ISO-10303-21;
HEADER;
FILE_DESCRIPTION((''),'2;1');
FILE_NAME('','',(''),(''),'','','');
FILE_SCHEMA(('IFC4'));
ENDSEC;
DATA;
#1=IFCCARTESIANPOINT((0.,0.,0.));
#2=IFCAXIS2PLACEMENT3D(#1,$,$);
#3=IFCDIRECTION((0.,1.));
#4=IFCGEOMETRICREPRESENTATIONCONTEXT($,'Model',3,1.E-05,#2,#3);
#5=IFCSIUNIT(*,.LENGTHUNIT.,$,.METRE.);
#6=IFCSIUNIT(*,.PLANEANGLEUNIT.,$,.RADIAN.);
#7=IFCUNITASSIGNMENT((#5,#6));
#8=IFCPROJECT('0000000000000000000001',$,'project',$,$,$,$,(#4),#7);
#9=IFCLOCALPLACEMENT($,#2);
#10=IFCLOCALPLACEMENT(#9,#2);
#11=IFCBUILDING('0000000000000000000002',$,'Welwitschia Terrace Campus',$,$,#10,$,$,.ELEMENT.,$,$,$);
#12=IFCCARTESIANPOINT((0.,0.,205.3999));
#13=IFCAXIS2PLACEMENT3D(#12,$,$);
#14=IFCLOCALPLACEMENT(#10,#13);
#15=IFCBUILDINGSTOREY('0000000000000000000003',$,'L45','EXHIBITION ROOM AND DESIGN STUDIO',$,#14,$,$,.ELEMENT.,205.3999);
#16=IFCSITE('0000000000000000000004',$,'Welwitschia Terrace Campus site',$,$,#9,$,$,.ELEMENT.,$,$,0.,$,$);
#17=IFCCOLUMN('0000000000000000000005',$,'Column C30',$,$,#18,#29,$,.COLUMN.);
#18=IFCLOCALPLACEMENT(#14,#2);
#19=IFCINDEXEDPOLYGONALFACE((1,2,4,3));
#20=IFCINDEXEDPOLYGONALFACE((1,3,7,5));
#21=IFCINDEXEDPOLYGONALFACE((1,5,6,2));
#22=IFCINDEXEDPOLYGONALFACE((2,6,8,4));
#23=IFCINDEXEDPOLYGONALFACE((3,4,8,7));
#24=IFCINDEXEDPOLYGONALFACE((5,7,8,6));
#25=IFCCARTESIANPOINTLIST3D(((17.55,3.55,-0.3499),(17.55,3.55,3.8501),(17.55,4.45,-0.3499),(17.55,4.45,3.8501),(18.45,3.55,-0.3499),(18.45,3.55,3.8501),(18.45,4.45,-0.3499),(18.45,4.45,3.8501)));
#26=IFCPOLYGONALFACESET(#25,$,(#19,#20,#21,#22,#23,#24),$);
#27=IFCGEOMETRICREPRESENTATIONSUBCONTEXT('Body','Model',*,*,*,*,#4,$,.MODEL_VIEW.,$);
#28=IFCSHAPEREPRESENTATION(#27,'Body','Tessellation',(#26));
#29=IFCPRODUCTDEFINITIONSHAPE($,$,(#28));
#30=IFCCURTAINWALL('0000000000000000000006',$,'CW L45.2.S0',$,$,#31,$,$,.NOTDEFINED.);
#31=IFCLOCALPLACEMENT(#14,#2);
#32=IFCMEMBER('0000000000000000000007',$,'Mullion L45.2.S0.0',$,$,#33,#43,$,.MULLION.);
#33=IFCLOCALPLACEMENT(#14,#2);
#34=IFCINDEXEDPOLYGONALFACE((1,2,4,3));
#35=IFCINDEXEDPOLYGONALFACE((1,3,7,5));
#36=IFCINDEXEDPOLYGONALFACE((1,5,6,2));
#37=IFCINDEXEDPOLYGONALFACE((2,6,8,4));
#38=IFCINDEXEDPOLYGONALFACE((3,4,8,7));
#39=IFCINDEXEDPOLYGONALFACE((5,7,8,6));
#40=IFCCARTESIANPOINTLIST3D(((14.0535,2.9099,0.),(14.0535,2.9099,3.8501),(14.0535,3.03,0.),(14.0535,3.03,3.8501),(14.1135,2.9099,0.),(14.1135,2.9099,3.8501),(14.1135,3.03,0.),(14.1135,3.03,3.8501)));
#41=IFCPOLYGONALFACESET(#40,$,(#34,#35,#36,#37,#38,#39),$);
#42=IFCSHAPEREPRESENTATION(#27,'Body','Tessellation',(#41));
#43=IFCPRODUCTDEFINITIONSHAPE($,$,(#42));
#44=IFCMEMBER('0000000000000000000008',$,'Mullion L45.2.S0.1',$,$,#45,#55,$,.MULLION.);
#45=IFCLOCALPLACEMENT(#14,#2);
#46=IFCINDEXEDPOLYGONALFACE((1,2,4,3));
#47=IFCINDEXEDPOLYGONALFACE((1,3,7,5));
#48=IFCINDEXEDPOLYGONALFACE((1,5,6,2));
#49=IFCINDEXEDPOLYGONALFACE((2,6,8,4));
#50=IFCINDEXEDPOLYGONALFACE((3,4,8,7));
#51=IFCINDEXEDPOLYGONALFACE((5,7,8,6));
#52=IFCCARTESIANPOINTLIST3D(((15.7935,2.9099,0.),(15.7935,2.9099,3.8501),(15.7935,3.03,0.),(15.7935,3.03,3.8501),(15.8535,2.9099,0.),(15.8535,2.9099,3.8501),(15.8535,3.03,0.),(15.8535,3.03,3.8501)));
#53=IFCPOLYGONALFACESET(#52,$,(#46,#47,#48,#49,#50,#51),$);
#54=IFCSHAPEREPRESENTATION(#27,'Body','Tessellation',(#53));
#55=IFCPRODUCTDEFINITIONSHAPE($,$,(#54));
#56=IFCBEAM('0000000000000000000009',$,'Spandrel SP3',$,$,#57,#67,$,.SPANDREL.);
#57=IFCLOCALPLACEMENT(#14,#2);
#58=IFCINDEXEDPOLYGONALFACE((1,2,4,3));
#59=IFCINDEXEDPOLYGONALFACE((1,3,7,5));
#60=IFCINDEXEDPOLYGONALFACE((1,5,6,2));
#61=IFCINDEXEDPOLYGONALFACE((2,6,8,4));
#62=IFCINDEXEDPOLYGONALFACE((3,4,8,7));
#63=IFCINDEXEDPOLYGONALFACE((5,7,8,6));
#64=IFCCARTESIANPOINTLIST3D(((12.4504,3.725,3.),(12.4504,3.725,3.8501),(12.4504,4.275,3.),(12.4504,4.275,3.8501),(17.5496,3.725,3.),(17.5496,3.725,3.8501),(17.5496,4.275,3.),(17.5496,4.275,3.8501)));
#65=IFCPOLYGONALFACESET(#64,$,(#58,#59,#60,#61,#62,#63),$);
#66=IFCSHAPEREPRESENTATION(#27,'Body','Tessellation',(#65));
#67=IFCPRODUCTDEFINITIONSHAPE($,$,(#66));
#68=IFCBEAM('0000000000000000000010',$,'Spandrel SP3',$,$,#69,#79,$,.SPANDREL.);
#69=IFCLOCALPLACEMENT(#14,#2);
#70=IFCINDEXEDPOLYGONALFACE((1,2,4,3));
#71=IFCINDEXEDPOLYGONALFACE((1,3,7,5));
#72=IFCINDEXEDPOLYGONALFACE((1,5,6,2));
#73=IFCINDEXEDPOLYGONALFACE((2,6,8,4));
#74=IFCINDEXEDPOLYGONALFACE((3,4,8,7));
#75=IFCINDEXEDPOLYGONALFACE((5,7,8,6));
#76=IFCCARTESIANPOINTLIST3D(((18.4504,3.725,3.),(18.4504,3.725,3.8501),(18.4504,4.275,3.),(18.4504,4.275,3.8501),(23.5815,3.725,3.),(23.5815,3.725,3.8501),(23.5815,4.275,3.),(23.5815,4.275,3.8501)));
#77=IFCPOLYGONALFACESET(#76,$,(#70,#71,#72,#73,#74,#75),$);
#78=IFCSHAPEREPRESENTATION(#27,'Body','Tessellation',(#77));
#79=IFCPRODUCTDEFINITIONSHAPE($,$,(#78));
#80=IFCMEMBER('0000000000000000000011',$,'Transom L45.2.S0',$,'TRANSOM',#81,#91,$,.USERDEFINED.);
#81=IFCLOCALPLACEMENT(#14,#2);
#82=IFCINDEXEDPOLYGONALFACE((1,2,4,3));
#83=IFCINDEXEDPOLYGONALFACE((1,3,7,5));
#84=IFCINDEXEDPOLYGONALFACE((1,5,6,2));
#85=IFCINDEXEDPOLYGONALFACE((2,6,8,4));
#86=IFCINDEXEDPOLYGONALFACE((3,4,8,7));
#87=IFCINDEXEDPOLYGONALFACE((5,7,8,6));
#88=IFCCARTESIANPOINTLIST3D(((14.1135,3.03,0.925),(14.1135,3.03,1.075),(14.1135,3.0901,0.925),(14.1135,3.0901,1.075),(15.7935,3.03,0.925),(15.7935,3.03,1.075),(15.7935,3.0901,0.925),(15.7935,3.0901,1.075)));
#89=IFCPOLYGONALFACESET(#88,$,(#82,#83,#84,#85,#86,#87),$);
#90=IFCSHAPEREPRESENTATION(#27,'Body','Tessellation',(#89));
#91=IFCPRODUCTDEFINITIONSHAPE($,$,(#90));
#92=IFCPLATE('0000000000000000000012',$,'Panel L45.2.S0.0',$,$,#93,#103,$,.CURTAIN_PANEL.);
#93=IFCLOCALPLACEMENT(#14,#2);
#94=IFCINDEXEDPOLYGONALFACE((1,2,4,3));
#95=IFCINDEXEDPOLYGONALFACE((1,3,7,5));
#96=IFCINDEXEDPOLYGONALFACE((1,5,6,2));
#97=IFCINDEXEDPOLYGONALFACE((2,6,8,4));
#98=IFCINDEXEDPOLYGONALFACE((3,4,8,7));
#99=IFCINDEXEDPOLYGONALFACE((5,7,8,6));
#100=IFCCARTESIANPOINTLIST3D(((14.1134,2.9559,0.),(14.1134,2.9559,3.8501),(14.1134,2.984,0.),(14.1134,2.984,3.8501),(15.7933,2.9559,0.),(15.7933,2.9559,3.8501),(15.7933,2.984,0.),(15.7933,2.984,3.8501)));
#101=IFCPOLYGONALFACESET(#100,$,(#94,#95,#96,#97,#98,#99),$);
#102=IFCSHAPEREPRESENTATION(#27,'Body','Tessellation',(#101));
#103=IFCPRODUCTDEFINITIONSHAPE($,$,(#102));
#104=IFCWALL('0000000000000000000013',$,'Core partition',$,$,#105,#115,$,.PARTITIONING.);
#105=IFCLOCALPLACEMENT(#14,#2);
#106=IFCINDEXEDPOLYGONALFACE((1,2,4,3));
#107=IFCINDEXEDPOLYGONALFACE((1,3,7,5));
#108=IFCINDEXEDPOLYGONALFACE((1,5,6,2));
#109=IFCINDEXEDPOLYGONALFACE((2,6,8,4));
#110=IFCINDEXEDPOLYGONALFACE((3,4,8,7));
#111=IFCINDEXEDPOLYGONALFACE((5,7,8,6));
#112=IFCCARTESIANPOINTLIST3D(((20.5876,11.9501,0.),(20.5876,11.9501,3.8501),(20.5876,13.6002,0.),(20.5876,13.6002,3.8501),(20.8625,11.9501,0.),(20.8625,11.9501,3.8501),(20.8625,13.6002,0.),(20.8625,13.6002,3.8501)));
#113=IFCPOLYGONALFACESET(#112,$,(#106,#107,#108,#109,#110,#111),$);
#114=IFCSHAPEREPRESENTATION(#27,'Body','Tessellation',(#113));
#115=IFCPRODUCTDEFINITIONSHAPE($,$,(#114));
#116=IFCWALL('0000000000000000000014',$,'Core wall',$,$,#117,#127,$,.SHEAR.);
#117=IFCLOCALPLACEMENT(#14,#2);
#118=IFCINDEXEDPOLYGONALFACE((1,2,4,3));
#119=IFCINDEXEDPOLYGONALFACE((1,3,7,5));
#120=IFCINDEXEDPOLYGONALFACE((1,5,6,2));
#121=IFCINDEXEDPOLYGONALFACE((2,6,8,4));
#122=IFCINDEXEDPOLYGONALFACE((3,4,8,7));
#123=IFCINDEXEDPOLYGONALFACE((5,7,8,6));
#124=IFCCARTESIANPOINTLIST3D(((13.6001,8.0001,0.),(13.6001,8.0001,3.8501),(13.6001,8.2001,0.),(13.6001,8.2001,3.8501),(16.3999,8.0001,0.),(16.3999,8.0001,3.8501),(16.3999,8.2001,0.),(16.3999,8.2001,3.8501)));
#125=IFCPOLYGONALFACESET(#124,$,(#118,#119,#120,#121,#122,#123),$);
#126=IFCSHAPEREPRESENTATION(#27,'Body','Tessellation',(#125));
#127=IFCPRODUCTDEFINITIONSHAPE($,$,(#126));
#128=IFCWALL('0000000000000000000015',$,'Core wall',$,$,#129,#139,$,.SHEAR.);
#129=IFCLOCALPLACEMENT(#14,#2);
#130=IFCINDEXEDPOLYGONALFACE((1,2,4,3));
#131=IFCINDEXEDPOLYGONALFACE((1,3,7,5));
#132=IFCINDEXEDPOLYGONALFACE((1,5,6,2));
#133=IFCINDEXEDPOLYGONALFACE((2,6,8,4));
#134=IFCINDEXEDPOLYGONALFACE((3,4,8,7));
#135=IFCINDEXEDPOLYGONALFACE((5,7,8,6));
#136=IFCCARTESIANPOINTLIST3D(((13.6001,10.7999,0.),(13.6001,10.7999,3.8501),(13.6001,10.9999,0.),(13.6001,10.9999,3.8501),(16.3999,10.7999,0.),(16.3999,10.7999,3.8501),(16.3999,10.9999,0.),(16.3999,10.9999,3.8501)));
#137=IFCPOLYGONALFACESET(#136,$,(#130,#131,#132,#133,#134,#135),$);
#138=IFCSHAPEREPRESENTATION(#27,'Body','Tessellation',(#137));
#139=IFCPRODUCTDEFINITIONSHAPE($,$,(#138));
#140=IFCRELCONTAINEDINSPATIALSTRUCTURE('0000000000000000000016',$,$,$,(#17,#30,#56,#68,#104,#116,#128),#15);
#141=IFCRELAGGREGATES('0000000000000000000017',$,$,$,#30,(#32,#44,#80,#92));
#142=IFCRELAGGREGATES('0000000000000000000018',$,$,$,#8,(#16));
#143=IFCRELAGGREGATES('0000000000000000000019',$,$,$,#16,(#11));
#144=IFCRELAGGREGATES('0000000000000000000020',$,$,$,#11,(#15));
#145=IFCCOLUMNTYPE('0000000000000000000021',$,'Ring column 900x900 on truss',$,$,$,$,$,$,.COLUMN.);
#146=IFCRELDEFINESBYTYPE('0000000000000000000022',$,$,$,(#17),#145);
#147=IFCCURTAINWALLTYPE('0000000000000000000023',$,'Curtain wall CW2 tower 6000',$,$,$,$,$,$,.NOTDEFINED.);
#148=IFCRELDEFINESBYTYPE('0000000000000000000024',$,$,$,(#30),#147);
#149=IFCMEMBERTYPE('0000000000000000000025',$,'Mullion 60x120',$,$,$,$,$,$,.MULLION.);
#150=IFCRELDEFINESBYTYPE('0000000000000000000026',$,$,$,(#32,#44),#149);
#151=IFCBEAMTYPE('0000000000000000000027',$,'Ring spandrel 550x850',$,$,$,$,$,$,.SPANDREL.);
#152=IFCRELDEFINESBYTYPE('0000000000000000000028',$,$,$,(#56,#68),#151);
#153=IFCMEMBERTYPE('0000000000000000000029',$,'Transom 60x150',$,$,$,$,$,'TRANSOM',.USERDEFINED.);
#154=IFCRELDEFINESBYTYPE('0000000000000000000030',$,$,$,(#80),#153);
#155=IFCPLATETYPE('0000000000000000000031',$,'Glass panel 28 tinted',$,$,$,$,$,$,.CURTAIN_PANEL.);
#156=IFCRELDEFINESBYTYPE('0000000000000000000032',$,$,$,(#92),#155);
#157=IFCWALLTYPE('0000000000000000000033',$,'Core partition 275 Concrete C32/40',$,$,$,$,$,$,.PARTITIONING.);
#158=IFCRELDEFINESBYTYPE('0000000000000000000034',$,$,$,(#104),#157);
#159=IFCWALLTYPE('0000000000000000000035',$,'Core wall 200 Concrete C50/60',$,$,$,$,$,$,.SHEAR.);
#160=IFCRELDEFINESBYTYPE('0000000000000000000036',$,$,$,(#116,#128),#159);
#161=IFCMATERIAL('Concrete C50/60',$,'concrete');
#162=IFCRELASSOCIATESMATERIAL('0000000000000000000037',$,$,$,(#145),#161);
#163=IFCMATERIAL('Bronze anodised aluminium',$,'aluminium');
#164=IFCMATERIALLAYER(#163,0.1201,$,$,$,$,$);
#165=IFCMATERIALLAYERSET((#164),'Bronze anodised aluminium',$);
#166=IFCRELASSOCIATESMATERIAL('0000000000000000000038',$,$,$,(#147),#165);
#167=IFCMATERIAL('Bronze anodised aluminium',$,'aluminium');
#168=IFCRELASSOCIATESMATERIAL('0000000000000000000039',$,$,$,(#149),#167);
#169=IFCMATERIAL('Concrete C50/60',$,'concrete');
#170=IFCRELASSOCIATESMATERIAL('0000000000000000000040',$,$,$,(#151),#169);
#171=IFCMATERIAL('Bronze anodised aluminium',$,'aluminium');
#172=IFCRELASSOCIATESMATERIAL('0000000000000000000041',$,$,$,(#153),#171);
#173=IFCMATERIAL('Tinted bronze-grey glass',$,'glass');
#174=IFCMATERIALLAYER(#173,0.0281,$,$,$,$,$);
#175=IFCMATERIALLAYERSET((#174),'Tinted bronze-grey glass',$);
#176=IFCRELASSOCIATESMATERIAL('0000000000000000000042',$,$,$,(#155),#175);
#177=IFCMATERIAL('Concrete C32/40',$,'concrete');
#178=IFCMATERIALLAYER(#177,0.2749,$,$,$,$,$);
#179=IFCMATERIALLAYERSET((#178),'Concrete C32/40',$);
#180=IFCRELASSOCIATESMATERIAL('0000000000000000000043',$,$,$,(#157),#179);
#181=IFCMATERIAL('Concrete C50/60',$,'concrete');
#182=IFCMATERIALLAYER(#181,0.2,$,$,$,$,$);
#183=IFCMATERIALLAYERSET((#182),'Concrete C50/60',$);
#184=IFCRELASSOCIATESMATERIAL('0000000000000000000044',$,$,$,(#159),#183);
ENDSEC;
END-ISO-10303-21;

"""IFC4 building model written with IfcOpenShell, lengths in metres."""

from ifc_helpers import new_model, si_unit, direction, frame, frame_2d, origin, origin_2d, place, context, subcontext, project, spatial, rectangle, extrude, material, layer, layer_set, material_profile, profile_set, type_object, element, aggregate, save


model = new_model("IFC4")

# Units and contexts
model_context = context("Model", 3, precision=1e-05, world=origin(), true_north=direction((0.0, 1.0)))
body_context = subcontext(model_context, "Body", "Model", "MODEL_VIEW")
ifc_project = project(units=[si_unit("LENGTHUNIT", "METRE"), si_unit("PLANEANGLEUNIT", "RADIAN")], contexts=[model_context])

# Site, building, storey
site_placement = place(None, origin())
site = spatial("IfcSite", under=ifc_project, at=site_placement, Name="Welwitschia Terrace Campus site", CompositionType="ELEMENT", RefElevation=0.0)
building_placement = place(site_placement, origin())
building = spatial("IfcBuilding", under=site, at=building_placement, Name="Welwitschia Terrace Campus", CompositionType="ELEMENT")
storey_placement = place(building_placement, frame((0.0, 0.0, 205.3999)))
storey = spatial("IfcBuildingStorey", under=building, at=storey_placement, Name="L45", Description="EXHIBITION ROOM AND DESIGN STUDIO", CompositionType="ELEMENT", Elevation=205.3999)

# Column
ifc_material_1 = material(Name="Concrete C50/60", Category="concrete")
ifc_material_profile_1 = material_profile(ifc_material_1, rectangle(XDim=0.8999, YDim=0.8999, at=origin_2d()))
ifc_profile_set_1 = profile_set([ifc_material_profile_1], Name="Concrete C50/60")
column_type = type_object("IfcColumnType", Name="Ring column 900x900 on truss", PredefinedType="COLUMN", material=ifc_profile_set_1)
column_placement = place(storey_placement, frame((18.0, 4.0, -0.3499), z_axis=(0.0, 0.0, 1.0), x_axis=(1.0, 0.0, 0.0)))
element("IfcColumn", 1, at=column_placement, inside=storey, type_object=column_type, Name="Column C30", PredefinedType="COLUMN", context=body_context, shape_type="SweptSolid", body=[
    extrude(rectangle(XDim=0.8999, YDim=0.8999, at=origin_2d()), origin(), (0.0, 0.0, 1.0), 4.2),
])

# Curtain wall, members
ifc_material_2 = material(Name="Bronze anodised aluminium", Category="aluminium")
ifc_layer_1 = layer(ifc_material_2, 0.1201)
ifc_layer_set_1 = layer_set([ifc_layer_1], Name="Bronze anodised aluminium")
curtain_wall_type = type_object("IfcCurtainWallType", Name="Curtain wall CW2 tower 6000", PredefinedType="NOTDEFINED", material=ifc_layer_set_1)
curtain_wall_placement = place(storey_placement, origin())
curtain_wall = element("IfcCurtainWall", 2, at=curtain_wall_placement, inside=storey, type_object=curtain_wall_type, Name="CW L45.2.S0", PredefinedType="NOTDEFINED")
ifc_material_3 = material(Name="Bronze anodised aluminium", Category="aluminium")
ifc_material_profile_2 = material_profile(ifc_material_3, rectangle(XDim=0.1201, YDim=0.0601, at=origin_2d()))
ifc_profile_set_2 = profile_set([ifc_material_profile_2], Name="Bronze anodised aluminium")
member_type_1 = type_object("IfcMemberType", Name="Mullion 60x120", PredefinedType="MULLION", material=ifc_profile_set_2)
member_1_placement = place(storey_placement, frame((14.0835, 2.97, 0.0), z_axis=(0.0, 0.0, 1.0), x_axis=(0.0, 1.0, 0.0)))
member_1 = element("IfcMember", 3, at=member_1_placement, type_object=member_type_1, Name="Mullion L45.2.S0.0", PredefinedType="MULLION", context=body_context, shape_type="SweptSolid", body=[
    extrude(rectangle(XDim=0.1201, YDim=0.0601, at=origin_2d()), origin(), (0.0, 0.0, 1.0), 3.8501),
])
member_2_placement = place(storey_placement, frame((15.8235, 2.97, 0.0), z_axis=(0.0, 0.0, 1.0), x_axis=(0.0, 1.0, 0.0)))
member_2 = element("IfcMember", 4, at=member_2_placement, type_object=member_type_1, Name="Mullion L45.2.S0.1", PredefinedType="MULLION", context=body_context, shape_type="SweptSolid", body=[
    extrude(rectangle(XDim=0.1201, YDim=0.0601, at=origin_2d()), origin(), (0.0, 0.0, 1.0), 3.8501),
])

# Beams
ifc_material_4 = material(Name="Concrete C50/60", Category="concrete")
ifc_material_profile_3 = material_profile(ifc_material_4, rectangle(XDim=0.55, YDim=0.8501, at=origin_2d()))
ifc_profile_set_3 = profile_set([ifc_material_profile_3], Name="Concrete C50/60")
beam_type = type_object("IfcBeamType", Name="Ring spandrel 550x850", PredefinedType="SPANDREL", material=ifc_profile_set_3)
beam_1_placement = place(storey_placement, frame((12.4504, 4.0, 3.425), z_axis=(1.0, 0.0, 0.0), x_axis=(0.0, 1.0, 0.0)))
element("IfcBeam", 5, at=beam_1_placement, inside=storey, type_object=beam_type, Name="Spandrel SP3", PredefinedType="SPANDREL", context=body_context, shape_type="SweptSolid", body=[
    extrude(rectangle(XDim=0.55, YDim=0.8501, at=origin_2d()), origin(), (0.0, 0.0, 1.0), 5.0991),
])
beam_2_placement = place(storey_placement, frame((18.4504, 4.0, 3.425), z_axis=(1.0, 0.0, 0.0), x_axis=(0.0, 1.0, 0.0)))
element("IfcBeam", 6, at=beam_2_placement, inside=storey, type_object=beam_type, Name="Spandrel SP3", PredefinedType="SPANDREL", context=body_context, shape_type="SweptSolid", body=[
    extrude(rectangle(XDim=0.55, YDim=0.8501, at=origin_2d()), origin(), (0.0, 0.0, 1.0), 5.1311),
])

# Member
ifc_material_5 = material(Name="Bronze anodised aluminium", Category="aluminium")
ifc_material_profile_4 = material_profile(ifc_material_5, rectangle(XDim=0.0601, YDim=0.1499, at=origin_2d()))
ifc_profile_set_4 = profile_set([ifc_material_profile_4], Name="Bronze anodised aluminium")
member_type_2 = type_object("IfcMemberType", Name="Transom 60x150", ElementType="TRANSOM", PredefinedType="USERDEFINED", material=ifc_profile_set_4)
member_3_placement = place(storey_placement, frame((14.1135, 3.0601, 1.0), z_axis=(1.0, 0.0, 0.0), x_axis=(0.0, 1.0, 0.0)))
member_3 = element("IfcMember", 7, at=member_3_placement, type_object=member_type_2, Name="Transom L45.2.S0", ObjectType="TRANSOM", PredefinedType="USERDEFINED", context=body_context, shape_type="SweptSolid", body=[
    extrude(rectangle(XDim=0.0601, YDim=0.1499, at=origin_2d()), origin(), (0.0, 0.0, 1.0), 1.6799),
])

# Plate
ifc_material_6 = material(Name="Tinted bronze-grey glass", Category="glass")
ifc_layer_2 = layer(ifc_material_6, 0.0281)
ifc_layer_set_2 = layer_set([ifc_layer_2], Name="Tinted bronze-grey glass")
plate_type = type_object("IfcPlateType", Name="Glass panel 28 tinted", PredefinedType="CURTAIN_PANEL", material=ifc_layer_set_2)
plate_placement = place(storey_placement, frame((14.9534, 2.97, 0.0), z_axis=(0.0, 0.0, 1.0), x_axis=(1.0, 0.0, 0.0)))
plate = element("IfcPlate", 8, at=plate_placement, type_object=plate_type, Name="Panel L45.2.S0.0", PredefinedType="CURTAIN_PANEL", context=body_context, shape_type="SweptSolid", body=[
    extrude(rectangle(XDim=1.6799, YDim=0.0281, at=origin_2d()), origin(), (0.0, 0.0, 1.0), 3.8501),
])
aggregate(curtain_wall, [member_1, member_2, member_3, plate])

# Walls
ifc_material_7 = material(Name="Concrete C32/40", Category="concrete")
ifc_layer_3 = layer(ifc_material_7, 0.2749)
ifc_layer_set_3 = layer_set([ifc_layer_3], Name="Concrete C32/40")
wall_type_1 = type_object("IfcWallType", Name="Core partition 275 Concrete C32/40", PredefinedType="PARTITIONING", material=ifc_layer_set_3)
wall_1_placement = place(storey_placement, frame((20.7251, 11.95, 0.0), z_axis=(0.0, 0.0, 1.0), x_axis=(0.0, 1.0, 0.0)))
element("IfcWall", 9, at=wall_1_placement, inside=storey, type_object=wall_type_1, Name="Core partition", PredefinedType="PARTITIONING", context=body_context, shape_type="SweptSolid", body=[
    extrude(rectangle(XDim=1.6501, YDim=0.2749, at=frame_2d((0.8252, 0.0))), origin(), (0.0, 0.0, 1.0), 3.8501),
])
ifc_material_8 = material(Name="Concrete C50/60", Category="concrete")
ifc_layer_4 = layer(ifc_material_8, 0.2)
ifc_layer_set_4 = layer_set([ifc_layer_4], Name="Concrete C50/60")
wall_type_2 = type_object("IfcWallType", Name="Core wall 200 Concrete C50/60", PredefinedType="SHEAR", material=ifc_layer_set_4)
for number, where, z_axis, x_axis, name in (
    (10, (13.6001, 8.1001, 0.0), (0.0, 0.0, 1.0), (1.0, 0.0, 0.0), "Core wall"),
    (11, (13.6001, 10.8999, 0.0), (0.0, 0.0, 1.0), (1.0, 0.0, 0.0), "Core wall"),
):
    element("IfcWall", number, at=place(storey_placement, frame(where, z_axis=z_axis, x_axis=x_axis)), inside=storey, type_object=wall_type_2, Name=name, PredefinedType="SHEAR", context=body_context, shape_type="SweptSolid", body=[
        extrude(rectangle(XDim=2.7998, YDim=0.2, at=frame_2d((1.3999, 0.0))), origin(), (0.0, 0.0, 1.0), 3.8501),
    ])

save(model, "model.ifc")
